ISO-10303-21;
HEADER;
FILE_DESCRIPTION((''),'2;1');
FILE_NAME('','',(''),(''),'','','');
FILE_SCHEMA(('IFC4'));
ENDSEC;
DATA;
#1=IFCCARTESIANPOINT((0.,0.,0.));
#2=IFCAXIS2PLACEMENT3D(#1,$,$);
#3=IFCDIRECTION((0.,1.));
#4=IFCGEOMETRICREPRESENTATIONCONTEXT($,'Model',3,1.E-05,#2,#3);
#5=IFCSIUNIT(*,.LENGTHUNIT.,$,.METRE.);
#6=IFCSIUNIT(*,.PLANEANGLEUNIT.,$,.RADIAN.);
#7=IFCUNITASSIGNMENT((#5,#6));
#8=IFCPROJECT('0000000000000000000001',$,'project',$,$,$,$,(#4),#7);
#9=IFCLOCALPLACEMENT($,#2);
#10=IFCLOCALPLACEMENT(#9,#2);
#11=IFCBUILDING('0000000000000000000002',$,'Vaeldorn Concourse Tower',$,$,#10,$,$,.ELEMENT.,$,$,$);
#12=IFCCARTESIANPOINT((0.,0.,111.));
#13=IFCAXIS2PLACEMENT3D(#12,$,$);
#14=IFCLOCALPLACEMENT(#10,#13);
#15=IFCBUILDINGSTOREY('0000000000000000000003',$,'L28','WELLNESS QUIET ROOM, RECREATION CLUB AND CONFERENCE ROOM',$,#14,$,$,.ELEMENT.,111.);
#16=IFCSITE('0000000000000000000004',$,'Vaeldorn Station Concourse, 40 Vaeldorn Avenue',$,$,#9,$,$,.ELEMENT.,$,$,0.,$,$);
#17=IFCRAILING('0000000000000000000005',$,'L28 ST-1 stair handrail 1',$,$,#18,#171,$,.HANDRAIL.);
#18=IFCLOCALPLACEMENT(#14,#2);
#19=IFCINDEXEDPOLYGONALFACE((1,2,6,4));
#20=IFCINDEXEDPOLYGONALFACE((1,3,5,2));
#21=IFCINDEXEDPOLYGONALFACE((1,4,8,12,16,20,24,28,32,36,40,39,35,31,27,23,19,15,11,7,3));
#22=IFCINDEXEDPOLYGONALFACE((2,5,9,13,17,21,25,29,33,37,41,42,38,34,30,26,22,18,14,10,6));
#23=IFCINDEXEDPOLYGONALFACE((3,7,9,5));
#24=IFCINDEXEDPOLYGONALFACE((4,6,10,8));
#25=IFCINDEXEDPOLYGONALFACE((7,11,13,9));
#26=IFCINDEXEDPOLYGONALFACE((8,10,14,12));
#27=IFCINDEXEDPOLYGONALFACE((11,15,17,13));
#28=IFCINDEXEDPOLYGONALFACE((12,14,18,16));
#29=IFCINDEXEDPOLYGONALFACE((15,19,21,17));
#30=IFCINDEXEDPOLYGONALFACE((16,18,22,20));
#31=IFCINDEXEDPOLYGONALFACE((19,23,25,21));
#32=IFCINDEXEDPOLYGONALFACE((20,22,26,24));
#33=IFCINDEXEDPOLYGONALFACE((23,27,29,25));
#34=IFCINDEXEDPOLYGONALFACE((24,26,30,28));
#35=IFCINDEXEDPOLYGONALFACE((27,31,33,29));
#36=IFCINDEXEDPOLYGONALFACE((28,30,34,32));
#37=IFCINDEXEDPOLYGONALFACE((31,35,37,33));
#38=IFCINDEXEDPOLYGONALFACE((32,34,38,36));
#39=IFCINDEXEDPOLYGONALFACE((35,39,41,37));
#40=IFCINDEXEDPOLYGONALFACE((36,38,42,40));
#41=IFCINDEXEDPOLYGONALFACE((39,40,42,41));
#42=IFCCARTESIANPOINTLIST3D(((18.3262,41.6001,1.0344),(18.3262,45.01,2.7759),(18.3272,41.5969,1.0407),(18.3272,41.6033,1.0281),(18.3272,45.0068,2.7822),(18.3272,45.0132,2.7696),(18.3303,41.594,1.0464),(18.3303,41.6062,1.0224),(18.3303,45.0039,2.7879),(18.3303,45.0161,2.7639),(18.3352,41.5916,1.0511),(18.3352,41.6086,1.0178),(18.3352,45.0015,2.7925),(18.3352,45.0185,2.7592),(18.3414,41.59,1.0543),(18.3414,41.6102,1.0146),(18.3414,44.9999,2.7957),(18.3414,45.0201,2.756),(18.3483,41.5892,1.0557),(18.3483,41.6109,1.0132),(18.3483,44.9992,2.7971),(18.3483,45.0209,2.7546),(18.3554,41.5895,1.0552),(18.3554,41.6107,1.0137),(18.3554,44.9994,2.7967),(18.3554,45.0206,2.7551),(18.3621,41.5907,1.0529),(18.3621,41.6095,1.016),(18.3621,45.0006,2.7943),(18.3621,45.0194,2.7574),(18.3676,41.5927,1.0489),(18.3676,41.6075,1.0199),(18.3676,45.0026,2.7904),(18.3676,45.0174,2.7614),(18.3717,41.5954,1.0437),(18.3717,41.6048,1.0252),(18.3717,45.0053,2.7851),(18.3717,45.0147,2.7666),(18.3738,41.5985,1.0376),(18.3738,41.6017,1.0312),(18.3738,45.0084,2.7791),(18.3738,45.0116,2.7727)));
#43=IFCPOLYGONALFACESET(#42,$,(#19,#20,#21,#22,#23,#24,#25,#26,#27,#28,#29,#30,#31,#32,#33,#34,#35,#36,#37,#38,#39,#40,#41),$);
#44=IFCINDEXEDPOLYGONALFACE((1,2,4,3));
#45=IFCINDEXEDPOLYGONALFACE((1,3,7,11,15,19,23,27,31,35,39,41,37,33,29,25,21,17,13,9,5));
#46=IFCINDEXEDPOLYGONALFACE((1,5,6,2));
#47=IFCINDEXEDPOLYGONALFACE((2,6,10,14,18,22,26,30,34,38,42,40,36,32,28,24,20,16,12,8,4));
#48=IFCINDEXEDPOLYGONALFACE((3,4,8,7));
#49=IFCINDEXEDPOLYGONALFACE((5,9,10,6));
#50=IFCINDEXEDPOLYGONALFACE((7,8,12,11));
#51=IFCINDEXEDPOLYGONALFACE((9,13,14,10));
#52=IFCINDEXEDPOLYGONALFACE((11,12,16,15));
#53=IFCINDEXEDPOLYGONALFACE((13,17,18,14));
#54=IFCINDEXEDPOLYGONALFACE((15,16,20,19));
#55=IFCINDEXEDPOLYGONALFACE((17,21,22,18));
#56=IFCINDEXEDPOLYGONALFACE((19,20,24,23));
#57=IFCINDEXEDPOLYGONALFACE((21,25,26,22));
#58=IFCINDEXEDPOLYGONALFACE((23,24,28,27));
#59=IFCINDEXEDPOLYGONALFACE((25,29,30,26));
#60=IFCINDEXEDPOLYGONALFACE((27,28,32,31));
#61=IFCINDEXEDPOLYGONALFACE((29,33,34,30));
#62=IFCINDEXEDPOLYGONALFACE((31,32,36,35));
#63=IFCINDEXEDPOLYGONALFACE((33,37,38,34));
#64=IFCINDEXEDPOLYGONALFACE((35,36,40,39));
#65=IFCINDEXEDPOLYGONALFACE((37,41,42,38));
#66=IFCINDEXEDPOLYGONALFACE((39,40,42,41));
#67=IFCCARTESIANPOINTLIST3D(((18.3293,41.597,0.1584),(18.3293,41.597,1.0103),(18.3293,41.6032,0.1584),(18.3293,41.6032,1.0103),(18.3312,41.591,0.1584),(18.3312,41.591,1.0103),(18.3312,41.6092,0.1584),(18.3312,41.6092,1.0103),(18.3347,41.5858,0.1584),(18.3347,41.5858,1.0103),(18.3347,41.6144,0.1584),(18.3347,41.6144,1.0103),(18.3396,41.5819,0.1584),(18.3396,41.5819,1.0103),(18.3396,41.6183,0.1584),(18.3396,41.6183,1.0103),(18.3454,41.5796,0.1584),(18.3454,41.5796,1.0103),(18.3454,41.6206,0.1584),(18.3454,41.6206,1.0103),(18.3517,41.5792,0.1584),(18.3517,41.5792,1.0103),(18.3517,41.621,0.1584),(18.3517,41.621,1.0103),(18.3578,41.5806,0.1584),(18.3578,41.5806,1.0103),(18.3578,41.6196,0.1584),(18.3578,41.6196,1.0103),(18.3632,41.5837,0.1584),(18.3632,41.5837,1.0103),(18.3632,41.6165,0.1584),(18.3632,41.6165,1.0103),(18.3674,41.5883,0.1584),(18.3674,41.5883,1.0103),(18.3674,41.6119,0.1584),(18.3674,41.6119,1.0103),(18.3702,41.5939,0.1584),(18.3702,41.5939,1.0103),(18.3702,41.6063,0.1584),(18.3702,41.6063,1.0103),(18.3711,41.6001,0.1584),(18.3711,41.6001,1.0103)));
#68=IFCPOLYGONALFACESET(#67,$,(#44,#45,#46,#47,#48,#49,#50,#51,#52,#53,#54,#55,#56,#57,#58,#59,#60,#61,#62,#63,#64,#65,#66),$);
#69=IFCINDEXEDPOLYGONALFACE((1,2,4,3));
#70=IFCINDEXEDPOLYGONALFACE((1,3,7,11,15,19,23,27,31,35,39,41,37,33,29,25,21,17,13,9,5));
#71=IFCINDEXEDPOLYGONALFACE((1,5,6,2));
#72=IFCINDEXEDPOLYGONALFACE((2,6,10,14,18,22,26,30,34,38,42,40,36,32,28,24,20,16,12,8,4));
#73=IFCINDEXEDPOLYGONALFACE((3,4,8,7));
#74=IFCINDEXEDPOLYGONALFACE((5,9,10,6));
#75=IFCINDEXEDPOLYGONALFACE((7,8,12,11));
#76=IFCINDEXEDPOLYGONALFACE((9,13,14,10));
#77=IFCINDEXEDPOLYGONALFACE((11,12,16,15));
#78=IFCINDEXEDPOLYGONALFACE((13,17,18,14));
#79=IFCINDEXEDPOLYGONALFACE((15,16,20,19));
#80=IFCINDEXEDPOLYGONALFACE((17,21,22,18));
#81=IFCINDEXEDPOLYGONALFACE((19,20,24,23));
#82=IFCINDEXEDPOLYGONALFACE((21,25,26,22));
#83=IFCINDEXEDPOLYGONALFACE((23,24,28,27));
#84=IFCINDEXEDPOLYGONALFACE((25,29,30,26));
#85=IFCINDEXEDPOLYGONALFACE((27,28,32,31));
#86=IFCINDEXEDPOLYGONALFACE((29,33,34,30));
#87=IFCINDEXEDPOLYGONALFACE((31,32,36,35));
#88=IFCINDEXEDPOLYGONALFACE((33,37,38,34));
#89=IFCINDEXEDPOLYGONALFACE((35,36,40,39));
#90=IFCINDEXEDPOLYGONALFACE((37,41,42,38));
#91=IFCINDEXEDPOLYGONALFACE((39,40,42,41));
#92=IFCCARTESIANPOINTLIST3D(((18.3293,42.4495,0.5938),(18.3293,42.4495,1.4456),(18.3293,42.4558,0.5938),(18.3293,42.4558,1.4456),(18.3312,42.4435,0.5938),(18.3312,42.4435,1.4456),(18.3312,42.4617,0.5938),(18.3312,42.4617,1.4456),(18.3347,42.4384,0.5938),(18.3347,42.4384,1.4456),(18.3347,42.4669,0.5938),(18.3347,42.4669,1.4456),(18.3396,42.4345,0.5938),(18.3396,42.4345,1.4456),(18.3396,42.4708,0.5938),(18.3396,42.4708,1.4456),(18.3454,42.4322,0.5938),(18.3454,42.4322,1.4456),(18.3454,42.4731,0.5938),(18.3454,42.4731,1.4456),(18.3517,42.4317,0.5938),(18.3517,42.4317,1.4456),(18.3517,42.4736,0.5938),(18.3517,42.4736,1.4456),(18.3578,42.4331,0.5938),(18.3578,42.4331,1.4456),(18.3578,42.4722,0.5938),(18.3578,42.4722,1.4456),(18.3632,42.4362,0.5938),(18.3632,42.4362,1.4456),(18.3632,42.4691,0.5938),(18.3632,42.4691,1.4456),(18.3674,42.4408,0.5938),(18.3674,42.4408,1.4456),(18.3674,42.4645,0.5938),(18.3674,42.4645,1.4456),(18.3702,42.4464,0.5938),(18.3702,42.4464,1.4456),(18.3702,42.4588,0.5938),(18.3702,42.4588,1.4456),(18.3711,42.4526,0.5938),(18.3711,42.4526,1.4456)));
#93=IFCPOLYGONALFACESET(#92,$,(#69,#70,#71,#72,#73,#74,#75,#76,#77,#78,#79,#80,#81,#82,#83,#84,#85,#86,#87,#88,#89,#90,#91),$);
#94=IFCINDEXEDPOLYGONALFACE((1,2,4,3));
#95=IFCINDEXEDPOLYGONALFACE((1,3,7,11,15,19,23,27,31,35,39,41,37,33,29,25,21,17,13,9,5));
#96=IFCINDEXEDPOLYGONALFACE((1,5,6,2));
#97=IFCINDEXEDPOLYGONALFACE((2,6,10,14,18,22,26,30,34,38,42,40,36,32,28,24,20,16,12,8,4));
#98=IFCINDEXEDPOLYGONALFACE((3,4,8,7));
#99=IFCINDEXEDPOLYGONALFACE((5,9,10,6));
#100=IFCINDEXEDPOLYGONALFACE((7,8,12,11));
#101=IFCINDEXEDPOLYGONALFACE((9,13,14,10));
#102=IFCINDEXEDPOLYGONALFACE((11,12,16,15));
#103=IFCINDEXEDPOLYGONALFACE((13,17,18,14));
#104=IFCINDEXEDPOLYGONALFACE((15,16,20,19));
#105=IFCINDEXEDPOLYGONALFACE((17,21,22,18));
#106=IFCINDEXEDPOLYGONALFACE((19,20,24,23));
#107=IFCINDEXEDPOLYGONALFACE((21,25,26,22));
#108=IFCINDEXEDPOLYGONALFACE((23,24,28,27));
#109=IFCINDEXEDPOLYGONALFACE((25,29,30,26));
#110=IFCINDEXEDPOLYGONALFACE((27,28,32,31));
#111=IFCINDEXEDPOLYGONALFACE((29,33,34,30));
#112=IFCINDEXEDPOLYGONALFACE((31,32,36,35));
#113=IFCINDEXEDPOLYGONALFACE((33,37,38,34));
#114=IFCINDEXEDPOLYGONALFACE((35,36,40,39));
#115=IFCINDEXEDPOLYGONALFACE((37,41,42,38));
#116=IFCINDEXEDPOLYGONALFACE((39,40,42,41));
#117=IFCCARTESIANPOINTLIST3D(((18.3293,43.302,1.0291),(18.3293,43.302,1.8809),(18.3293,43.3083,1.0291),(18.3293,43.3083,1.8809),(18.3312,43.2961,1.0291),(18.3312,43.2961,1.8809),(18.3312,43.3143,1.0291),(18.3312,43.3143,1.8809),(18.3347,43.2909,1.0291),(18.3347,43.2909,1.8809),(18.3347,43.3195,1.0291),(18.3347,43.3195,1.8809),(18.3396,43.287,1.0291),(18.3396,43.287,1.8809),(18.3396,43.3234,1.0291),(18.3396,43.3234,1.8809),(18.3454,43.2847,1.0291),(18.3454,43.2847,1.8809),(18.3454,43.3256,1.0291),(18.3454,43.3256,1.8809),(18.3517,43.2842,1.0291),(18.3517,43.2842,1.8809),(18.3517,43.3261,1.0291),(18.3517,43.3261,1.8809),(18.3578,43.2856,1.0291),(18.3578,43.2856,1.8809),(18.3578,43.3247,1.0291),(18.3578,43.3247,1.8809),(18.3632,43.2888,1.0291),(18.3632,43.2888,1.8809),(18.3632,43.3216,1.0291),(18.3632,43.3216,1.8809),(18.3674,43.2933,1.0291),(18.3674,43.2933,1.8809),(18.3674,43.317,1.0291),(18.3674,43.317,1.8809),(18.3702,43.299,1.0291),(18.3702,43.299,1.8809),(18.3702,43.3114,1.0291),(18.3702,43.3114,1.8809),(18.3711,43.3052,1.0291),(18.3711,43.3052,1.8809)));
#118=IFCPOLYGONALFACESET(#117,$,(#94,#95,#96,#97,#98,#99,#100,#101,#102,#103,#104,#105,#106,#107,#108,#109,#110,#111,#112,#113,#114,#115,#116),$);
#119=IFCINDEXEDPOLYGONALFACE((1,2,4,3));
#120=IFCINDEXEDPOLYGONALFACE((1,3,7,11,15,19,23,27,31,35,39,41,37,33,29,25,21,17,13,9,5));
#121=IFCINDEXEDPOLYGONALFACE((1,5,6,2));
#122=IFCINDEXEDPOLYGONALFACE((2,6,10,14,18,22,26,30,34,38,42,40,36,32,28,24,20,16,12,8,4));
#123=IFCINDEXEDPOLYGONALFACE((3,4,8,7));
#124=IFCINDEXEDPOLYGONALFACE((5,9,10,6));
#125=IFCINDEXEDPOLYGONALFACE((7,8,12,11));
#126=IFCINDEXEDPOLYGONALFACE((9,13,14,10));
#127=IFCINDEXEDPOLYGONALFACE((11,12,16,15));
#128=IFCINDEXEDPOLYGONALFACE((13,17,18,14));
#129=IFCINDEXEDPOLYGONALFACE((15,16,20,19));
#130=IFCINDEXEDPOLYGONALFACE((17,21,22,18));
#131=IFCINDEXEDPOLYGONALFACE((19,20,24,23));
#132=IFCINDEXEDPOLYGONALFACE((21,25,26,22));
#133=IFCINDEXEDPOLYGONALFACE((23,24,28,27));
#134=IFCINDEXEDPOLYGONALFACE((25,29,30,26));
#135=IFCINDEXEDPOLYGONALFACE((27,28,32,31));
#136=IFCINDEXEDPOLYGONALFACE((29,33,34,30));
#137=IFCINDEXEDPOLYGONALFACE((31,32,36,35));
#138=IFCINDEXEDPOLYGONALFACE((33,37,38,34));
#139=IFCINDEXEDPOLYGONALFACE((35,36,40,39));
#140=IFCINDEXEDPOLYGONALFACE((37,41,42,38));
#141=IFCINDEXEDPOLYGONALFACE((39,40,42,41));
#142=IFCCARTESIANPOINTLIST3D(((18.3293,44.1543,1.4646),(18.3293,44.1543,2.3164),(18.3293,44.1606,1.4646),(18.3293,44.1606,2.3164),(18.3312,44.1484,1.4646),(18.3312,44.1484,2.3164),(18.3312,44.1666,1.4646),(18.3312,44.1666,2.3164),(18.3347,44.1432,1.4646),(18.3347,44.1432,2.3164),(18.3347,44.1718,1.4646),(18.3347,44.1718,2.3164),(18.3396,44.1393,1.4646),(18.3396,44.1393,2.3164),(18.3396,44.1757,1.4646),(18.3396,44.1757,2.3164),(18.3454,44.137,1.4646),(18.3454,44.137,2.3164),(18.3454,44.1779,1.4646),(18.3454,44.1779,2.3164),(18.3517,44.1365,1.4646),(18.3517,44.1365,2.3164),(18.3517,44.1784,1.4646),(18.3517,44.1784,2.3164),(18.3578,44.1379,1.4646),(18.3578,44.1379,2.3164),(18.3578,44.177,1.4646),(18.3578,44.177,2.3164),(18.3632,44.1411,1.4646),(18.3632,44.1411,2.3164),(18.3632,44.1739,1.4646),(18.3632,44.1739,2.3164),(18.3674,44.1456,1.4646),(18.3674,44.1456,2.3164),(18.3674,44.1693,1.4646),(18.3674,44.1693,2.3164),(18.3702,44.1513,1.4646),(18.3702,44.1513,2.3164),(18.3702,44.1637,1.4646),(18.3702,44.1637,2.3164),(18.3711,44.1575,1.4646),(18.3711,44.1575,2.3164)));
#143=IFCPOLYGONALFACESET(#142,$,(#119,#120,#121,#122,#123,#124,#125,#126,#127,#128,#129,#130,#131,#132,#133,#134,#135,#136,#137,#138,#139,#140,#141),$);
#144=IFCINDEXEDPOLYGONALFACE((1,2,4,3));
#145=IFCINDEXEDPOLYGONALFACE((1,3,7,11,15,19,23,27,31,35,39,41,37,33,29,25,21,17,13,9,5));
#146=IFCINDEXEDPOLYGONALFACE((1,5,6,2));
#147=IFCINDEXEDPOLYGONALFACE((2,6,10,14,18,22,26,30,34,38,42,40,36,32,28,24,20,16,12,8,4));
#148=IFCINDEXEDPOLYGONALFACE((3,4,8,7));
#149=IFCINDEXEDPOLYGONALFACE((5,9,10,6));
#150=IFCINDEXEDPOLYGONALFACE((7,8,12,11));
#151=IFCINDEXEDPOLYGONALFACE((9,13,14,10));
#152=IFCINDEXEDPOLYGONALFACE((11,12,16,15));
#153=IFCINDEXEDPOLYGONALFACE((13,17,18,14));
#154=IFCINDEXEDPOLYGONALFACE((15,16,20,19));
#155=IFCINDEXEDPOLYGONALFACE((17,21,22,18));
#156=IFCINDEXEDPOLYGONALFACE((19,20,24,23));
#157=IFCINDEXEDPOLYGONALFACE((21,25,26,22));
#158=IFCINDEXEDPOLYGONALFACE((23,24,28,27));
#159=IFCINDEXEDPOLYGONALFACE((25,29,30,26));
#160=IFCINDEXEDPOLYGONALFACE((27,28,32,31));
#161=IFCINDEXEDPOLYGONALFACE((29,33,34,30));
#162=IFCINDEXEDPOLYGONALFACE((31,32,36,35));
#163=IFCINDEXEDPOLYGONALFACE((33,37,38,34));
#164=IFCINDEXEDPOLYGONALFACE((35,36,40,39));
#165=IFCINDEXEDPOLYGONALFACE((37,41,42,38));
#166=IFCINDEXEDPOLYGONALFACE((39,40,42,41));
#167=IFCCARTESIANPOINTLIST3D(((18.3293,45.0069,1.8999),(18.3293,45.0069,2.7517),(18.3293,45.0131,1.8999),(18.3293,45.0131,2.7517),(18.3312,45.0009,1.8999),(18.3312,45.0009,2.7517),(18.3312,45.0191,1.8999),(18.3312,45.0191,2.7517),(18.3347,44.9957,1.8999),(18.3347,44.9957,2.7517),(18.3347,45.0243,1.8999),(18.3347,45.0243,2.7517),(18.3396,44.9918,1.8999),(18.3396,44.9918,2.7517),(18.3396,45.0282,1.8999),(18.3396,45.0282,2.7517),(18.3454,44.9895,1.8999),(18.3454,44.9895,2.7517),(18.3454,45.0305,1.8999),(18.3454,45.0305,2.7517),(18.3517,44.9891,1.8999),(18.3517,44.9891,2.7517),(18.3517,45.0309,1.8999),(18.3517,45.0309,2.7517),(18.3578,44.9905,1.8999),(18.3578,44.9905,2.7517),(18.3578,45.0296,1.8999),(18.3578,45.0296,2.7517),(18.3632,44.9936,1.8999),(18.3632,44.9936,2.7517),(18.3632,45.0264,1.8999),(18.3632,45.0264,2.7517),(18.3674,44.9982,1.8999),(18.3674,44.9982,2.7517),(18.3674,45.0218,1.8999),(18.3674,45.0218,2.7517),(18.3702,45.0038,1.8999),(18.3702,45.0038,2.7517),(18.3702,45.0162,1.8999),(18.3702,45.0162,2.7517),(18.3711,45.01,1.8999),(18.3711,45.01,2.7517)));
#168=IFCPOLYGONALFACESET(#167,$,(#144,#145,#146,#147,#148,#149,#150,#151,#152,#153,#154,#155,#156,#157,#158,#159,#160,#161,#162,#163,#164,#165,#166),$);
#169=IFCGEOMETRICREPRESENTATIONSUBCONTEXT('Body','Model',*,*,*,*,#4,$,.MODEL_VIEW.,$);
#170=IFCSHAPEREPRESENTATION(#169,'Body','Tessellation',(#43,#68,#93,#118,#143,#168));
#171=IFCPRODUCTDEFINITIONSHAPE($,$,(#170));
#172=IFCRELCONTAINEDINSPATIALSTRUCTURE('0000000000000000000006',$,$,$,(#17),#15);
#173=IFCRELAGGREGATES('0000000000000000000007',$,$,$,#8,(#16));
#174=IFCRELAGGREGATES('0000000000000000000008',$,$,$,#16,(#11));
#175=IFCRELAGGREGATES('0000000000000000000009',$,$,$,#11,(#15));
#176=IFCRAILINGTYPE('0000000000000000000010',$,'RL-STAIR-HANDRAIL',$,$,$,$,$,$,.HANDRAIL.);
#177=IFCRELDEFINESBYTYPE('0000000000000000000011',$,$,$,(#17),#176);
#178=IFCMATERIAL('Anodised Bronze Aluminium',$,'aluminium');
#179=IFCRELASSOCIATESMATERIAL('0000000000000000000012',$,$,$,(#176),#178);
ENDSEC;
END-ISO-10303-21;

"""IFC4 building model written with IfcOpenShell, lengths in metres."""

from ifc_helpers import new_model, si_unit, direction, frame, origin, origin_2d, place, context, subcontext, project, spatial, circle, extrude, material, type_object, element, save


model = new_model("IFC4")

# Units and contexts
model_context = context("Model", 3, precision=1e-05, world=origin(), true_north=direction((0.0, 1.0)))
body_context = subcontext(model_context, "Body", "Model", "MODEL_VIEW")
ifc_project = project(units=[si_unit("LENGTHUNIT", "METRE"), si_unit("PLANEANGLEUNIT", "RADIAN")], contexts=[model_context])

# Site, building, storey
site_placement = place(None, origin())
site = spatial("IfcSite", under=ifc_project, at=site_placement, Name="Vaeldorn Station Concourse, 40 Vaeldorn Avenue", CompositionType="ELEMENT", RefElevation=0.0)
building_placement = place(site_placement, origin())
building = spatial("IfcBuilding", under=site, at=building_placement, Name="Vaeldorn Concourse Tower", CompositionType="ELEMENT")
storey_placement = place(building_placement, frame((0.0, 0.0, 111.0)))
storey = spatial("IfcBuildingStorey", under=building, at=storey_placement, Name="L28", Description="WELLNESS QUIET ROOM, RECREATION CLUB AND CONFERENCE ROOM", CompositionType="ELEMENT", Elevation=111.0)

# Shared definitions
ifc_material_1 = material(Name="Anodised Bronze Aluminium", Category="aluminium")

# Railing
railing_type_1 = type_object("IfcRailingType", Name="RL-STAIR-HANDRAIL", PredefinedType="HANDRAIL", material=ifc_material_1)
railing_1_placement = place(storey_placement, frame((18.3501, 41.6001, 0.1584)))
element("IfcRailing", 1, at=railing_1_placement, inside=storey, type_object=railing_type_1, Name="L28 ST-1 stair handrail 1", PredefinedType="HANDRAIL", context=body_context, shape_type="SweptSolid", body=[
    extrude(circle(Radius=0.0239, at=origin_2d()), frame((0.0, 0.0, 0.876), z_axis=(0.0, 0.890582, 0.454823), x_axis=(-1.0, 0.0, 0.0)), (0.0, 0.0, 1.0), 3.8289),
    extrude(circle(Radius=0.021, at=origin_2d()), origin(), (0.0, 0.0, 1.0), 0.8518),
    extrude(circle(Radius=0.021, at=origin_2d()), frame((0.0, 0.8525, 0.4353)), (0.0, 0.0, 1.0), 0.8518),
    extrude(circle(Radius=0.021, at=origin_2d()), frame((0.0, 1.7051, 0.8706)), (0.0, 0.0, 1.0), 0.8518),
    extrude(circle(Radius=0.021, at=origin_2d()), frame((0.0, 2.5574, 1.3062)), (0.0, 0.0, 1.0), 0.8518),
    extrude(circle(Radius=0.021, at=origin_2d()), frame((0.0, 3.4099, 1.7415)), (0.0, 0.0, 1.0), 0.8518),
])

save(model, "model.ifc")
